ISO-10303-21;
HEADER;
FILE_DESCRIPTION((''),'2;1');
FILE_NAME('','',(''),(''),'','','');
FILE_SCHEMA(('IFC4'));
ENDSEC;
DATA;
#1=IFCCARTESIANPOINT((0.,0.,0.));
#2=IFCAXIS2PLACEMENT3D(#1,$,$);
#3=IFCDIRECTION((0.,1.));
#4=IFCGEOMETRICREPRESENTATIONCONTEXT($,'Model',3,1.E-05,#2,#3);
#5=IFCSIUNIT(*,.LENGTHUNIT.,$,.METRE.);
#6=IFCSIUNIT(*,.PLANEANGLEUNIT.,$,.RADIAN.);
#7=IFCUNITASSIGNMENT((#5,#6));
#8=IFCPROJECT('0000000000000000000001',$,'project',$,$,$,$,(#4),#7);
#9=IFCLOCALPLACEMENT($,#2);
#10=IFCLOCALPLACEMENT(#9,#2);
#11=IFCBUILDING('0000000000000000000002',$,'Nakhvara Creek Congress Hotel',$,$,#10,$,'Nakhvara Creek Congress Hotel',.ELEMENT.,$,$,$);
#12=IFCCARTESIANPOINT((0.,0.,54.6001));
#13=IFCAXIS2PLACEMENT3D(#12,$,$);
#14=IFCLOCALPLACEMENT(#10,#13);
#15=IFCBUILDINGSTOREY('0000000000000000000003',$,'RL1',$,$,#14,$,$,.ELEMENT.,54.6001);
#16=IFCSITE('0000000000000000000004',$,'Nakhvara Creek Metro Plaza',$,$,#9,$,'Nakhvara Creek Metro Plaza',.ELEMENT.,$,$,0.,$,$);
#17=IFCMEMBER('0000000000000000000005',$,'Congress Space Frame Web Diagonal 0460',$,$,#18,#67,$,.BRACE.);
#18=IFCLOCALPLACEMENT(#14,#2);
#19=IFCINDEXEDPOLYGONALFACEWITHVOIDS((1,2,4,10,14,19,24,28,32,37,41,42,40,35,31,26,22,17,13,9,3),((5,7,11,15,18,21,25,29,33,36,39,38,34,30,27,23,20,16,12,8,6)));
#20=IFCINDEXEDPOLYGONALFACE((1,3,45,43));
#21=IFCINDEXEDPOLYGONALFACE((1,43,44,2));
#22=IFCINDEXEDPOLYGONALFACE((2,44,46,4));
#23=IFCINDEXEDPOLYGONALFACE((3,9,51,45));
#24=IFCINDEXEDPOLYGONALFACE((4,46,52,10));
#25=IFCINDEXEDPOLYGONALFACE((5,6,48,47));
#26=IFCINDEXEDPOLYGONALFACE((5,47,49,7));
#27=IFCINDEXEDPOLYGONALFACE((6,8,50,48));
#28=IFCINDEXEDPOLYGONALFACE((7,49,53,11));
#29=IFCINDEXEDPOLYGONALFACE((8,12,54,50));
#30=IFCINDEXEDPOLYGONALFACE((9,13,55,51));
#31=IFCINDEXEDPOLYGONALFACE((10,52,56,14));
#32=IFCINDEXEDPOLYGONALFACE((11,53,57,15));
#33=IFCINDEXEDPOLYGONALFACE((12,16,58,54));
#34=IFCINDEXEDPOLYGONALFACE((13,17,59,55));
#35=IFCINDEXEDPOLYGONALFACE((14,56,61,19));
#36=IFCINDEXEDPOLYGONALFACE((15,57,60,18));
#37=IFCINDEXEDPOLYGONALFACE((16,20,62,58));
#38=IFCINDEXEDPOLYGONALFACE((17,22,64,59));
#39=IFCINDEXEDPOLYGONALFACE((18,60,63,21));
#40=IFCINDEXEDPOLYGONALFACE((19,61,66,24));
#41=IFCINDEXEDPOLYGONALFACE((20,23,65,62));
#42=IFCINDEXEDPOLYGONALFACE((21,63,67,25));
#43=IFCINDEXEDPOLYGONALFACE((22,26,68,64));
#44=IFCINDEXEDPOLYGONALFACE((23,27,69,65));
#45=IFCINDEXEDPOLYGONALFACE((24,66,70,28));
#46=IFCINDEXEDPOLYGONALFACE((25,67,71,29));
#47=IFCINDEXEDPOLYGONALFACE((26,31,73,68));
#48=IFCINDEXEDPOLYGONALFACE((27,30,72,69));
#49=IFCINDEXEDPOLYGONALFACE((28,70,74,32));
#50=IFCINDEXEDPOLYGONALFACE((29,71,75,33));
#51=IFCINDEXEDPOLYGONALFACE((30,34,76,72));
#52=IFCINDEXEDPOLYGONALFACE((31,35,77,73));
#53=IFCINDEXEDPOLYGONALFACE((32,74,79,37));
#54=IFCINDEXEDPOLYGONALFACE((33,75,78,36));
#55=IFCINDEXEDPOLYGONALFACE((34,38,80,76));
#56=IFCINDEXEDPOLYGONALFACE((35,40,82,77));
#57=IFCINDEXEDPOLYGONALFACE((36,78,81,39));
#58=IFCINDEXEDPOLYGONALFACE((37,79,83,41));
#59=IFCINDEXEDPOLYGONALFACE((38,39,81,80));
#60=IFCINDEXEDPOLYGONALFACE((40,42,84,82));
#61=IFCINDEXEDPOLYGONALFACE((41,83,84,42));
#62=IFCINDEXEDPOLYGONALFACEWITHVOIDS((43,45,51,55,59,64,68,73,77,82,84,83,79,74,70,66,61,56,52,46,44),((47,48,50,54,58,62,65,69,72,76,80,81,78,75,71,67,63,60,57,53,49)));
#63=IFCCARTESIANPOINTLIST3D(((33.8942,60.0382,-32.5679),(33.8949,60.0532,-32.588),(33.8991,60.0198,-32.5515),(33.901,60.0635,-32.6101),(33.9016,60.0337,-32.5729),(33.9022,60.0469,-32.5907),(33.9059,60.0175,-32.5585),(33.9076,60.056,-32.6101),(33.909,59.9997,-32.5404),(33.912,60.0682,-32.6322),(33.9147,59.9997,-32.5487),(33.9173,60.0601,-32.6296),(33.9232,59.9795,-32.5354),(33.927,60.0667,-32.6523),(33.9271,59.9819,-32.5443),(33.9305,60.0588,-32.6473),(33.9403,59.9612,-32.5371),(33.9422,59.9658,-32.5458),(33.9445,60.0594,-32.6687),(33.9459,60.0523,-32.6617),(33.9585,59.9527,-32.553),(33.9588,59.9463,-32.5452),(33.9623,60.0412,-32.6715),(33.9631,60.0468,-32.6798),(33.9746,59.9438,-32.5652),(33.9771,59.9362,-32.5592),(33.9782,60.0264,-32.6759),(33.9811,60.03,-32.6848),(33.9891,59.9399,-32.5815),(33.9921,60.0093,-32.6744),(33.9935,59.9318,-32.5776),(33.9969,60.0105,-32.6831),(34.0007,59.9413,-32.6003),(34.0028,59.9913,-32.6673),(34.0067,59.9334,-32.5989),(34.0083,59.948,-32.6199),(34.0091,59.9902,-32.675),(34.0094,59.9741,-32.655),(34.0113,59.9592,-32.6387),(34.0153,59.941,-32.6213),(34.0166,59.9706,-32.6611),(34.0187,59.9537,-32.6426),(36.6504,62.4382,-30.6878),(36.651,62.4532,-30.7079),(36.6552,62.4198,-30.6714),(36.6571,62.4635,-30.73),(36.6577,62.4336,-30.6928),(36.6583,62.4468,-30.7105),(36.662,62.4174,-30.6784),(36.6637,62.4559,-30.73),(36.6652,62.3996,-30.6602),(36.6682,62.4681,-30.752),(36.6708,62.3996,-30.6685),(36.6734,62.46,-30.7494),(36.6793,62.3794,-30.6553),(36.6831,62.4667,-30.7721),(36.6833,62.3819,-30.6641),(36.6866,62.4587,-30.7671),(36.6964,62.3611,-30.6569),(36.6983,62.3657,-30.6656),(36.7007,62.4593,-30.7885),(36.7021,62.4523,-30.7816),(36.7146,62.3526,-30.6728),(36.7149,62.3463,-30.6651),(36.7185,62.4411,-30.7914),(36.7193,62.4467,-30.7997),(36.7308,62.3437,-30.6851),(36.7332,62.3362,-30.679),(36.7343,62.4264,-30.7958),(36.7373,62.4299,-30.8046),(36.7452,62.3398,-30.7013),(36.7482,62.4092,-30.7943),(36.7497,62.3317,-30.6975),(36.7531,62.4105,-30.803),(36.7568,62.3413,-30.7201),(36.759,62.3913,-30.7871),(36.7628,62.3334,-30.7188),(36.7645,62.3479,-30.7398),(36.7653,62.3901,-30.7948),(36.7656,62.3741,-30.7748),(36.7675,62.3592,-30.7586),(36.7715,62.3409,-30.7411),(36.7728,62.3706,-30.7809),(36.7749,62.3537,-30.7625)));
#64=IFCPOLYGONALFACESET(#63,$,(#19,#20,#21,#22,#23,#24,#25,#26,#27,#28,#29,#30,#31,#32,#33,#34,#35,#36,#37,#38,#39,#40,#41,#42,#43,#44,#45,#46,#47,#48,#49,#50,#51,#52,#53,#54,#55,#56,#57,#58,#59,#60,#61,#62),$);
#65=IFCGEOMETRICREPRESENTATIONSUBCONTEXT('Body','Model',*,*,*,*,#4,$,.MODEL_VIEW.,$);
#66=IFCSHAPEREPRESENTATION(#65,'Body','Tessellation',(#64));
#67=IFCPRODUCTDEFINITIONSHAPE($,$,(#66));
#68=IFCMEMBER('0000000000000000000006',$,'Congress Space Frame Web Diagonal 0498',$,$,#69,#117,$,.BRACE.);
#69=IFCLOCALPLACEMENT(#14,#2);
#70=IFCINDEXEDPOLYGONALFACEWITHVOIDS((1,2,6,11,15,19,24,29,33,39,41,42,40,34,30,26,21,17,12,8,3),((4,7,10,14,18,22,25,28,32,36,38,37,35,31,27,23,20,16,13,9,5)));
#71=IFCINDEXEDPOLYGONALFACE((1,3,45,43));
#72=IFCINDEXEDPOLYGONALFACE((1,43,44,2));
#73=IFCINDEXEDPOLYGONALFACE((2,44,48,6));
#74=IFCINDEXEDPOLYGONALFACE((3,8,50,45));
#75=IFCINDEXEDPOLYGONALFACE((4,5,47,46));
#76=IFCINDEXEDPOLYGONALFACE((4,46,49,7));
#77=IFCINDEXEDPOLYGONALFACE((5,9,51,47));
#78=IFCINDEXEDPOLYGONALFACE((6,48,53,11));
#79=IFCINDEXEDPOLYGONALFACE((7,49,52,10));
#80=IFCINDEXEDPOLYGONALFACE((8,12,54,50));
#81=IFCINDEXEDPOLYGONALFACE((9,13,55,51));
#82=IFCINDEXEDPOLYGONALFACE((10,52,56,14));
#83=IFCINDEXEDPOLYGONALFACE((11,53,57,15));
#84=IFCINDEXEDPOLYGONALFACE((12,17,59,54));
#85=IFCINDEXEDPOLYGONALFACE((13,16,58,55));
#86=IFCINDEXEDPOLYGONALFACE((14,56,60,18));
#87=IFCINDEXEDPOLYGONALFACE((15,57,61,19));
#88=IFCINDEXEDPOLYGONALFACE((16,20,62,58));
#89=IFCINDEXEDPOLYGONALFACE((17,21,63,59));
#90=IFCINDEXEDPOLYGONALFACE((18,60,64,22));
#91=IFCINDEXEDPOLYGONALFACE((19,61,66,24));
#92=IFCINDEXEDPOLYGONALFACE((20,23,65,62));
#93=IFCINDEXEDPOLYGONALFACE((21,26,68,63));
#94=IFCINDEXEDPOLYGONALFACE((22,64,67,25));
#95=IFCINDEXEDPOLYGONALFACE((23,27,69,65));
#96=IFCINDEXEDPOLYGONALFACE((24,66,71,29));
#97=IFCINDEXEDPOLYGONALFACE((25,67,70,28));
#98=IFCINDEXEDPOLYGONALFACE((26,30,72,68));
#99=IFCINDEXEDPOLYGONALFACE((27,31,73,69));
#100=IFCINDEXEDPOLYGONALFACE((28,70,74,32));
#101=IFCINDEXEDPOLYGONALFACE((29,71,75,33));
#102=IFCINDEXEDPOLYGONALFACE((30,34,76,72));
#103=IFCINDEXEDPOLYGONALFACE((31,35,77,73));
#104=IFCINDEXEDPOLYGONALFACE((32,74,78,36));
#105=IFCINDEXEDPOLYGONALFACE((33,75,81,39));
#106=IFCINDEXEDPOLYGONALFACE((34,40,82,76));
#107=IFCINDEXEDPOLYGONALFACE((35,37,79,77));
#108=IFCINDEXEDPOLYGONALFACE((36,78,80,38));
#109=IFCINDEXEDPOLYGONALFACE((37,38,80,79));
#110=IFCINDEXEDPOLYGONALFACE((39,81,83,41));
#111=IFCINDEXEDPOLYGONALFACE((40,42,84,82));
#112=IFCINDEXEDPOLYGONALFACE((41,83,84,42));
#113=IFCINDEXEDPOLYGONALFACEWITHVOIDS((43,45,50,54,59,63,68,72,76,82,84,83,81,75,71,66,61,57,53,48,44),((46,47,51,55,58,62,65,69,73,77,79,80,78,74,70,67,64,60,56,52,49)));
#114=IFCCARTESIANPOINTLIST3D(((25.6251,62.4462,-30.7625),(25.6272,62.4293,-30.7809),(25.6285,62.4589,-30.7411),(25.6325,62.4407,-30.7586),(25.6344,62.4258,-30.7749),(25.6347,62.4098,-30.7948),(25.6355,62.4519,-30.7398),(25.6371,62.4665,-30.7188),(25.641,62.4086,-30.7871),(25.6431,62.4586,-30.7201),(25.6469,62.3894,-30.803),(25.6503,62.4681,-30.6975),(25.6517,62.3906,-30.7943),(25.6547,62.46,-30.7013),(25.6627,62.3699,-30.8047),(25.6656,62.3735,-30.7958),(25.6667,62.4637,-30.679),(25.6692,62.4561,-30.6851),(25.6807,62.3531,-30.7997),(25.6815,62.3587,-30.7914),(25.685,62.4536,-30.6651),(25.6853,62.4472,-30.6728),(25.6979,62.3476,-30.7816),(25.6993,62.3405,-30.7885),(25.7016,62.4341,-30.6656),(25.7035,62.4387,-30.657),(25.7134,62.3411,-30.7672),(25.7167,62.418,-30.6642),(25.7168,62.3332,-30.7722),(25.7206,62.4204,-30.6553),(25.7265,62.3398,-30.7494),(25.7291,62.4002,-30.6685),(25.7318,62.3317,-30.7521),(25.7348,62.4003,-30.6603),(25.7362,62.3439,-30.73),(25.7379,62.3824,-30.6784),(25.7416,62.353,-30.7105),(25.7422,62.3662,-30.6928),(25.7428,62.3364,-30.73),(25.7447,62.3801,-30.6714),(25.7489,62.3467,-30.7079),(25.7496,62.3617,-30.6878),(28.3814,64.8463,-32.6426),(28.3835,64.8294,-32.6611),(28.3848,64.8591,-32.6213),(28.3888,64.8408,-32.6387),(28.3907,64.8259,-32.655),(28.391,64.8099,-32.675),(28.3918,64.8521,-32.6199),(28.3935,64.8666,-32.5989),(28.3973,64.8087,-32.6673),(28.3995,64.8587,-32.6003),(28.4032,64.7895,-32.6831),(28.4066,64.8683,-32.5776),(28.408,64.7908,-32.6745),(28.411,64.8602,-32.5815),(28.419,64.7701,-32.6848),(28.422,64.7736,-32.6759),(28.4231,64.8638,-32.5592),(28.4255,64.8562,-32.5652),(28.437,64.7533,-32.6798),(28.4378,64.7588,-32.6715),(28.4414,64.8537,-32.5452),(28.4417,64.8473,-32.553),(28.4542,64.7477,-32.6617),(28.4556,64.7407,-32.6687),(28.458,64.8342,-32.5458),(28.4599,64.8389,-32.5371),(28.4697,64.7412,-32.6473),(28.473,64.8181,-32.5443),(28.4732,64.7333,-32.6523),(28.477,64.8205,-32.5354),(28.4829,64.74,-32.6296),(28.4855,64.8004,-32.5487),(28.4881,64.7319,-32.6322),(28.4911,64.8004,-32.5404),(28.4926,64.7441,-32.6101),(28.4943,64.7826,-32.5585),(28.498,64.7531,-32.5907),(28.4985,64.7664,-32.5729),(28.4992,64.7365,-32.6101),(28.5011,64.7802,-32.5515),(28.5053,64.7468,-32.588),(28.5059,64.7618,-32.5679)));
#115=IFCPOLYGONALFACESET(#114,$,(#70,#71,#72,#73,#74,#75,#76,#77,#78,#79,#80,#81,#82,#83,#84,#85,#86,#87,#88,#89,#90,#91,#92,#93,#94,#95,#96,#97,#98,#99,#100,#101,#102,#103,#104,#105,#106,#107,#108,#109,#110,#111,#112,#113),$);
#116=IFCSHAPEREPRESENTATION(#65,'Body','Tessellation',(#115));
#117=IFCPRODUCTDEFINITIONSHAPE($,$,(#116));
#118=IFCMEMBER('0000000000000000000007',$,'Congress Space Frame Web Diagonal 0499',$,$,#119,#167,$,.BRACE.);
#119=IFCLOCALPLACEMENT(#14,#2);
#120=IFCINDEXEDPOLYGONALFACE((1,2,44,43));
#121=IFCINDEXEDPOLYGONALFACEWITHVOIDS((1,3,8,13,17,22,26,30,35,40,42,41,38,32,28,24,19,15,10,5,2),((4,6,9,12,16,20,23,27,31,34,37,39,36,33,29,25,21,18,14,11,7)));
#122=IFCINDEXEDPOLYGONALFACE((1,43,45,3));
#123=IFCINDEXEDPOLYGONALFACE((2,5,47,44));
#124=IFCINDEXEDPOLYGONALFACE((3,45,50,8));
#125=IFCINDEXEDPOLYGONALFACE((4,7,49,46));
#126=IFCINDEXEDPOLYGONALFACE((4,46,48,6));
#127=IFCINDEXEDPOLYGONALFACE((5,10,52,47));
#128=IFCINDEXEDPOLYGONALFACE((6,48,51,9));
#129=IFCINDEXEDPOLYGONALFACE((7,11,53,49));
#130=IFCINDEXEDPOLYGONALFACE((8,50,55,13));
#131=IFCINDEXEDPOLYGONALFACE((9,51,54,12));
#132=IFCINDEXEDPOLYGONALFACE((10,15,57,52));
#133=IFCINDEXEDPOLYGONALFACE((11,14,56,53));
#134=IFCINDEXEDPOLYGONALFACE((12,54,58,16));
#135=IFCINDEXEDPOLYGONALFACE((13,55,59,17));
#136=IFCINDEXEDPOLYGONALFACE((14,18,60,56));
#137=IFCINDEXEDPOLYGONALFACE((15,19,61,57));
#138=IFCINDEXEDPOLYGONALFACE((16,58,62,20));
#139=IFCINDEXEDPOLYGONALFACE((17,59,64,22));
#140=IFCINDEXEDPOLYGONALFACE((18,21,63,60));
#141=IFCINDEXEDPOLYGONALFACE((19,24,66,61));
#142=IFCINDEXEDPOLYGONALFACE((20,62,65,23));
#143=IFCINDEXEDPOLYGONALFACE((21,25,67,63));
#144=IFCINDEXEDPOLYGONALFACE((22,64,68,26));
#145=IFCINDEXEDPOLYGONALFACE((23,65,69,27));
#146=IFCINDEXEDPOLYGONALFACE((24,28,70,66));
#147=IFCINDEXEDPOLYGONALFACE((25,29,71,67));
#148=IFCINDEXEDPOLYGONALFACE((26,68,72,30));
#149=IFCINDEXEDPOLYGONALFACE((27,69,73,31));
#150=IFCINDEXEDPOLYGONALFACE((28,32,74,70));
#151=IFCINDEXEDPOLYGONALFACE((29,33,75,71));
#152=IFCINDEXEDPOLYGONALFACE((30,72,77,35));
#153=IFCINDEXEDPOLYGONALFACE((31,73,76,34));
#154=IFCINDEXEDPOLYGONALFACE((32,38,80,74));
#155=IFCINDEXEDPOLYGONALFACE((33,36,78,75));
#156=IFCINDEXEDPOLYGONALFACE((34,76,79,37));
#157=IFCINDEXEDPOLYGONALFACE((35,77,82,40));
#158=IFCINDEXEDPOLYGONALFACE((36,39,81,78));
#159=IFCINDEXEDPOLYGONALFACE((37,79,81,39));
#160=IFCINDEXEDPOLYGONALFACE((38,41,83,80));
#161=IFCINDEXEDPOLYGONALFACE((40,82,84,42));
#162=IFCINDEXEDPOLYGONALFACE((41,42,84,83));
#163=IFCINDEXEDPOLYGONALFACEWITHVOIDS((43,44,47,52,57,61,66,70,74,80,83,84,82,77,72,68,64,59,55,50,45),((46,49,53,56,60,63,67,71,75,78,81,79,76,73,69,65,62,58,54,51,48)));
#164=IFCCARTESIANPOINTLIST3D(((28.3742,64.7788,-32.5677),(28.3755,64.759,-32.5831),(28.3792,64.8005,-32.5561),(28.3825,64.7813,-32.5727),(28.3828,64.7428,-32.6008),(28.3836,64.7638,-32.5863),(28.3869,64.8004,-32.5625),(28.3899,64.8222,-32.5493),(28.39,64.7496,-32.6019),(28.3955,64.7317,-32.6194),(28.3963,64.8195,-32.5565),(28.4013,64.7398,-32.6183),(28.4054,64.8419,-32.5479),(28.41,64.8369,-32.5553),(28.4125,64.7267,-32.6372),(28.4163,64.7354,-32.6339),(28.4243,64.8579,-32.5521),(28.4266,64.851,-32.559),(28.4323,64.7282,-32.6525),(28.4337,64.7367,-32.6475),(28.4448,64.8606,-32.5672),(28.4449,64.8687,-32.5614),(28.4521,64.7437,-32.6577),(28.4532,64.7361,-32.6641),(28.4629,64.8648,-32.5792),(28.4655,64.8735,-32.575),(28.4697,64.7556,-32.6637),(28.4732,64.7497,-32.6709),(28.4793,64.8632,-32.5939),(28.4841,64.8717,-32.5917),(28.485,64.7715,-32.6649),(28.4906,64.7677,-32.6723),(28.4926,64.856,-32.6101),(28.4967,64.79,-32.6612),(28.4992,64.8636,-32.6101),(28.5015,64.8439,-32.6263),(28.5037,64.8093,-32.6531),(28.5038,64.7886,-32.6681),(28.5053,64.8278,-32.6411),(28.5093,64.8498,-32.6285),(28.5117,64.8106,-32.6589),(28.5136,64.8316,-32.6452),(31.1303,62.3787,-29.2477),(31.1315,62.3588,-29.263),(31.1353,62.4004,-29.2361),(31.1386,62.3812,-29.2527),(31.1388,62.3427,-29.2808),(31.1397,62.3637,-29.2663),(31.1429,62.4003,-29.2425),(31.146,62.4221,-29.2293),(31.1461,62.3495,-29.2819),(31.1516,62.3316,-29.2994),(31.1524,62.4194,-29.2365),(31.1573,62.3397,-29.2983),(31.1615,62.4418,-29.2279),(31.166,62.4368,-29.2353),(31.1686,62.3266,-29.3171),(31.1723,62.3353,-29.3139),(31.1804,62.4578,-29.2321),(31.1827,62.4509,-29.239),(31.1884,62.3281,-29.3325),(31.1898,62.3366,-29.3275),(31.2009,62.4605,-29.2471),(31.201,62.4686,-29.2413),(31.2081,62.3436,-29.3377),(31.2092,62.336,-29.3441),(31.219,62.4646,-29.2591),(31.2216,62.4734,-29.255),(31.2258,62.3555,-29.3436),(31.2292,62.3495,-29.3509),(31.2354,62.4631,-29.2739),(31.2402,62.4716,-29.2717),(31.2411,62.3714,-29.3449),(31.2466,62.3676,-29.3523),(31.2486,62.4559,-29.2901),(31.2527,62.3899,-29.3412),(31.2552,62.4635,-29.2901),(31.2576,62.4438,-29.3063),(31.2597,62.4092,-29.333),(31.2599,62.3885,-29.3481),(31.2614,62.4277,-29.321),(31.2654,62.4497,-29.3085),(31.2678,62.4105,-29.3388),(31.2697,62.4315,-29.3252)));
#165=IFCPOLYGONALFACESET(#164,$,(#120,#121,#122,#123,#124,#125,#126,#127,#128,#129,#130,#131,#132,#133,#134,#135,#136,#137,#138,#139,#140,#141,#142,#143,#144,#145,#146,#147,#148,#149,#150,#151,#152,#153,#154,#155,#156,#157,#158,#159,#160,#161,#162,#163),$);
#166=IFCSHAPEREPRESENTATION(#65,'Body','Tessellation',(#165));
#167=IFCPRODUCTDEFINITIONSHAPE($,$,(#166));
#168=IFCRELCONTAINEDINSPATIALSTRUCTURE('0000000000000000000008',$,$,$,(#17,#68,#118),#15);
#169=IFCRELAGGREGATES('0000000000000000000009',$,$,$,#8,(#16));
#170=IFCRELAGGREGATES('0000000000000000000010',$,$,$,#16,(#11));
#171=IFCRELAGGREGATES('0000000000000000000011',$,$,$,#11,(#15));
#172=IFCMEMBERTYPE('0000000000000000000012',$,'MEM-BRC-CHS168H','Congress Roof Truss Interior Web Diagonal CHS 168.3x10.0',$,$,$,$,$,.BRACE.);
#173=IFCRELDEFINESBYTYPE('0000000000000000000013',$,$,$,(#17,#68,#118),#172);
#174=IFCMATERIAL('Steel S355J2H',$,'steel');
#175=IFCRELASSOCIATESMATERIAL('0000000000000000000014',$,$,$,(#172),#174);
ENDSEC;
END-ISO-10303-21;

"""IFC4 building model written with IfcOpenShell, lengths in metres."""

from ifc_helpers import new_model, si_unit, direction, frame, origin, origin_2d, place, context, subcontext, project, spatial, hollow_circle, extrude, material, material_profile, profile_set, type_object, element, save


model = new_model("IFC4")

# Units and contexts
model_context = context("Model", 3, precision=1e-05, world=origin(), true_north=direction((0.0, 1.0)))
body_context = subcontext(model_context, "Body", "Model", "MODEL_VIEW")
ifc_project = project(units=[si_unit("LENGTHUNIT", "METRE"), si_unit("PLANEANGLEUNIT", "RADIAN")], contexts=[model_context])

# Site, building, storey
site_placement = place(None, origin())
site = spatial("IfcSite", under=ifc_project, at=site_placement, Name="Nakhvara Creek Metro Plaza", LongName="Nakhvara Creek Metro Plaza", CompositionType="ELEMENT", RefElevation=0.0)
building_placement = place(site_placement, origin())
building = spatial("IfcBuilding", under=site, at=building_placement, Name="Nakhvara Creek Congress Hotel", LongName="Nakhvara Creek Congress Hotel", CompositionType="ELEMENT")
storey_placement = place(building_placement, frame((0.0, 0.0, 54.6001)))
storey = spatial("IfcBuildingStorey", under=building, at=storey_placement, Name="RL1", CompositionType="ELEMENT", Elevation=54.6001)

# Members
ifc_material_1 = material(Name="Steel S355J2H", Category="steel")
ifc_material_profile_1 = material_profile(ifc_material_1, hollow_circle(Radius=0.0842, WallThickness=0.01, at=origin_2d()), Name="CHS 168.3x10.0", Category="LoadBearing")
ifc_profile_set_1 = profile_set([ifc_material_profile_1], Name="Steel S355J2H")
member_type_1 = type_object("IfcMemberType", Name="MEM-BRC-CHS168H", Description="Congress Roof Truss Interior Web Diagonal CHS 168.3x10.0", PredefinedType="BRACE", material=ifc_profile_set_1)
member_1_placement = place(storey_placement, frame((33.9563, 60.0, -32.6101), z_axis=(0.670616, 0.583945, 0.457473), x_axis=(-0.656691, 0.75416, 0.0)))
element("IfcMember", 1, at=member_1_placement, inside=storey, type_object=member_type_1, Name="Congress Space Frame Web Diagonal 0460", PredefinedType="BRACE", context=body_context, shape_type="SweptSolid", body=[
    extrude(hollow_circle(Radius=0.0842, WallThickness=0.01, at=origin_2d()), origin(), (0.0, 0.0, 1.0), 4.1099),
])
member_2_placement = place(storey_placement, frame((28.4438, 64.8, -32.6101), z_axis=(-0.670626, -0.583961, 0.457439), x_axis=(0.656696, -0.754155, 0.0)))
element("IfcMember", 2, at=member_2_placement, inside=storey, type_object=member_type_1, Name="Congress Space Frame Web Diagonal 0498", PredefinedType="BRACE", context=body_context, shape_type="SweptSolid", body=[
    extrude(hollow_circle(Radius=0.0842, WallThickness=0.01, at=origin_2d()), origin(), (0.0, 0.0, 1.0), 4.1101),
])
member_3_placement = place(storey_placement, frame((28.4438, 64.8, -32.6101), z_axis=(0.55819, -0.486098, 0.672408), x_axis=(0.656729, 0.754126, 0.0)))
element("IfcMember", 3, at=member_3_placement, inside=storey, type_object=member_type_1, Name="Congress Space Frame Web Diagonal 0499", PredefinedType="BRACE", context=body_context, shape_type="SweptSolid", body=[
    extrude(hollow_circle(Radius=0.0842, WallThickness=0.01, at=origin_2d()), origin(), (0.0, 0.0, 1.0), 4.9375),
])

save(model, "model.ifc")
